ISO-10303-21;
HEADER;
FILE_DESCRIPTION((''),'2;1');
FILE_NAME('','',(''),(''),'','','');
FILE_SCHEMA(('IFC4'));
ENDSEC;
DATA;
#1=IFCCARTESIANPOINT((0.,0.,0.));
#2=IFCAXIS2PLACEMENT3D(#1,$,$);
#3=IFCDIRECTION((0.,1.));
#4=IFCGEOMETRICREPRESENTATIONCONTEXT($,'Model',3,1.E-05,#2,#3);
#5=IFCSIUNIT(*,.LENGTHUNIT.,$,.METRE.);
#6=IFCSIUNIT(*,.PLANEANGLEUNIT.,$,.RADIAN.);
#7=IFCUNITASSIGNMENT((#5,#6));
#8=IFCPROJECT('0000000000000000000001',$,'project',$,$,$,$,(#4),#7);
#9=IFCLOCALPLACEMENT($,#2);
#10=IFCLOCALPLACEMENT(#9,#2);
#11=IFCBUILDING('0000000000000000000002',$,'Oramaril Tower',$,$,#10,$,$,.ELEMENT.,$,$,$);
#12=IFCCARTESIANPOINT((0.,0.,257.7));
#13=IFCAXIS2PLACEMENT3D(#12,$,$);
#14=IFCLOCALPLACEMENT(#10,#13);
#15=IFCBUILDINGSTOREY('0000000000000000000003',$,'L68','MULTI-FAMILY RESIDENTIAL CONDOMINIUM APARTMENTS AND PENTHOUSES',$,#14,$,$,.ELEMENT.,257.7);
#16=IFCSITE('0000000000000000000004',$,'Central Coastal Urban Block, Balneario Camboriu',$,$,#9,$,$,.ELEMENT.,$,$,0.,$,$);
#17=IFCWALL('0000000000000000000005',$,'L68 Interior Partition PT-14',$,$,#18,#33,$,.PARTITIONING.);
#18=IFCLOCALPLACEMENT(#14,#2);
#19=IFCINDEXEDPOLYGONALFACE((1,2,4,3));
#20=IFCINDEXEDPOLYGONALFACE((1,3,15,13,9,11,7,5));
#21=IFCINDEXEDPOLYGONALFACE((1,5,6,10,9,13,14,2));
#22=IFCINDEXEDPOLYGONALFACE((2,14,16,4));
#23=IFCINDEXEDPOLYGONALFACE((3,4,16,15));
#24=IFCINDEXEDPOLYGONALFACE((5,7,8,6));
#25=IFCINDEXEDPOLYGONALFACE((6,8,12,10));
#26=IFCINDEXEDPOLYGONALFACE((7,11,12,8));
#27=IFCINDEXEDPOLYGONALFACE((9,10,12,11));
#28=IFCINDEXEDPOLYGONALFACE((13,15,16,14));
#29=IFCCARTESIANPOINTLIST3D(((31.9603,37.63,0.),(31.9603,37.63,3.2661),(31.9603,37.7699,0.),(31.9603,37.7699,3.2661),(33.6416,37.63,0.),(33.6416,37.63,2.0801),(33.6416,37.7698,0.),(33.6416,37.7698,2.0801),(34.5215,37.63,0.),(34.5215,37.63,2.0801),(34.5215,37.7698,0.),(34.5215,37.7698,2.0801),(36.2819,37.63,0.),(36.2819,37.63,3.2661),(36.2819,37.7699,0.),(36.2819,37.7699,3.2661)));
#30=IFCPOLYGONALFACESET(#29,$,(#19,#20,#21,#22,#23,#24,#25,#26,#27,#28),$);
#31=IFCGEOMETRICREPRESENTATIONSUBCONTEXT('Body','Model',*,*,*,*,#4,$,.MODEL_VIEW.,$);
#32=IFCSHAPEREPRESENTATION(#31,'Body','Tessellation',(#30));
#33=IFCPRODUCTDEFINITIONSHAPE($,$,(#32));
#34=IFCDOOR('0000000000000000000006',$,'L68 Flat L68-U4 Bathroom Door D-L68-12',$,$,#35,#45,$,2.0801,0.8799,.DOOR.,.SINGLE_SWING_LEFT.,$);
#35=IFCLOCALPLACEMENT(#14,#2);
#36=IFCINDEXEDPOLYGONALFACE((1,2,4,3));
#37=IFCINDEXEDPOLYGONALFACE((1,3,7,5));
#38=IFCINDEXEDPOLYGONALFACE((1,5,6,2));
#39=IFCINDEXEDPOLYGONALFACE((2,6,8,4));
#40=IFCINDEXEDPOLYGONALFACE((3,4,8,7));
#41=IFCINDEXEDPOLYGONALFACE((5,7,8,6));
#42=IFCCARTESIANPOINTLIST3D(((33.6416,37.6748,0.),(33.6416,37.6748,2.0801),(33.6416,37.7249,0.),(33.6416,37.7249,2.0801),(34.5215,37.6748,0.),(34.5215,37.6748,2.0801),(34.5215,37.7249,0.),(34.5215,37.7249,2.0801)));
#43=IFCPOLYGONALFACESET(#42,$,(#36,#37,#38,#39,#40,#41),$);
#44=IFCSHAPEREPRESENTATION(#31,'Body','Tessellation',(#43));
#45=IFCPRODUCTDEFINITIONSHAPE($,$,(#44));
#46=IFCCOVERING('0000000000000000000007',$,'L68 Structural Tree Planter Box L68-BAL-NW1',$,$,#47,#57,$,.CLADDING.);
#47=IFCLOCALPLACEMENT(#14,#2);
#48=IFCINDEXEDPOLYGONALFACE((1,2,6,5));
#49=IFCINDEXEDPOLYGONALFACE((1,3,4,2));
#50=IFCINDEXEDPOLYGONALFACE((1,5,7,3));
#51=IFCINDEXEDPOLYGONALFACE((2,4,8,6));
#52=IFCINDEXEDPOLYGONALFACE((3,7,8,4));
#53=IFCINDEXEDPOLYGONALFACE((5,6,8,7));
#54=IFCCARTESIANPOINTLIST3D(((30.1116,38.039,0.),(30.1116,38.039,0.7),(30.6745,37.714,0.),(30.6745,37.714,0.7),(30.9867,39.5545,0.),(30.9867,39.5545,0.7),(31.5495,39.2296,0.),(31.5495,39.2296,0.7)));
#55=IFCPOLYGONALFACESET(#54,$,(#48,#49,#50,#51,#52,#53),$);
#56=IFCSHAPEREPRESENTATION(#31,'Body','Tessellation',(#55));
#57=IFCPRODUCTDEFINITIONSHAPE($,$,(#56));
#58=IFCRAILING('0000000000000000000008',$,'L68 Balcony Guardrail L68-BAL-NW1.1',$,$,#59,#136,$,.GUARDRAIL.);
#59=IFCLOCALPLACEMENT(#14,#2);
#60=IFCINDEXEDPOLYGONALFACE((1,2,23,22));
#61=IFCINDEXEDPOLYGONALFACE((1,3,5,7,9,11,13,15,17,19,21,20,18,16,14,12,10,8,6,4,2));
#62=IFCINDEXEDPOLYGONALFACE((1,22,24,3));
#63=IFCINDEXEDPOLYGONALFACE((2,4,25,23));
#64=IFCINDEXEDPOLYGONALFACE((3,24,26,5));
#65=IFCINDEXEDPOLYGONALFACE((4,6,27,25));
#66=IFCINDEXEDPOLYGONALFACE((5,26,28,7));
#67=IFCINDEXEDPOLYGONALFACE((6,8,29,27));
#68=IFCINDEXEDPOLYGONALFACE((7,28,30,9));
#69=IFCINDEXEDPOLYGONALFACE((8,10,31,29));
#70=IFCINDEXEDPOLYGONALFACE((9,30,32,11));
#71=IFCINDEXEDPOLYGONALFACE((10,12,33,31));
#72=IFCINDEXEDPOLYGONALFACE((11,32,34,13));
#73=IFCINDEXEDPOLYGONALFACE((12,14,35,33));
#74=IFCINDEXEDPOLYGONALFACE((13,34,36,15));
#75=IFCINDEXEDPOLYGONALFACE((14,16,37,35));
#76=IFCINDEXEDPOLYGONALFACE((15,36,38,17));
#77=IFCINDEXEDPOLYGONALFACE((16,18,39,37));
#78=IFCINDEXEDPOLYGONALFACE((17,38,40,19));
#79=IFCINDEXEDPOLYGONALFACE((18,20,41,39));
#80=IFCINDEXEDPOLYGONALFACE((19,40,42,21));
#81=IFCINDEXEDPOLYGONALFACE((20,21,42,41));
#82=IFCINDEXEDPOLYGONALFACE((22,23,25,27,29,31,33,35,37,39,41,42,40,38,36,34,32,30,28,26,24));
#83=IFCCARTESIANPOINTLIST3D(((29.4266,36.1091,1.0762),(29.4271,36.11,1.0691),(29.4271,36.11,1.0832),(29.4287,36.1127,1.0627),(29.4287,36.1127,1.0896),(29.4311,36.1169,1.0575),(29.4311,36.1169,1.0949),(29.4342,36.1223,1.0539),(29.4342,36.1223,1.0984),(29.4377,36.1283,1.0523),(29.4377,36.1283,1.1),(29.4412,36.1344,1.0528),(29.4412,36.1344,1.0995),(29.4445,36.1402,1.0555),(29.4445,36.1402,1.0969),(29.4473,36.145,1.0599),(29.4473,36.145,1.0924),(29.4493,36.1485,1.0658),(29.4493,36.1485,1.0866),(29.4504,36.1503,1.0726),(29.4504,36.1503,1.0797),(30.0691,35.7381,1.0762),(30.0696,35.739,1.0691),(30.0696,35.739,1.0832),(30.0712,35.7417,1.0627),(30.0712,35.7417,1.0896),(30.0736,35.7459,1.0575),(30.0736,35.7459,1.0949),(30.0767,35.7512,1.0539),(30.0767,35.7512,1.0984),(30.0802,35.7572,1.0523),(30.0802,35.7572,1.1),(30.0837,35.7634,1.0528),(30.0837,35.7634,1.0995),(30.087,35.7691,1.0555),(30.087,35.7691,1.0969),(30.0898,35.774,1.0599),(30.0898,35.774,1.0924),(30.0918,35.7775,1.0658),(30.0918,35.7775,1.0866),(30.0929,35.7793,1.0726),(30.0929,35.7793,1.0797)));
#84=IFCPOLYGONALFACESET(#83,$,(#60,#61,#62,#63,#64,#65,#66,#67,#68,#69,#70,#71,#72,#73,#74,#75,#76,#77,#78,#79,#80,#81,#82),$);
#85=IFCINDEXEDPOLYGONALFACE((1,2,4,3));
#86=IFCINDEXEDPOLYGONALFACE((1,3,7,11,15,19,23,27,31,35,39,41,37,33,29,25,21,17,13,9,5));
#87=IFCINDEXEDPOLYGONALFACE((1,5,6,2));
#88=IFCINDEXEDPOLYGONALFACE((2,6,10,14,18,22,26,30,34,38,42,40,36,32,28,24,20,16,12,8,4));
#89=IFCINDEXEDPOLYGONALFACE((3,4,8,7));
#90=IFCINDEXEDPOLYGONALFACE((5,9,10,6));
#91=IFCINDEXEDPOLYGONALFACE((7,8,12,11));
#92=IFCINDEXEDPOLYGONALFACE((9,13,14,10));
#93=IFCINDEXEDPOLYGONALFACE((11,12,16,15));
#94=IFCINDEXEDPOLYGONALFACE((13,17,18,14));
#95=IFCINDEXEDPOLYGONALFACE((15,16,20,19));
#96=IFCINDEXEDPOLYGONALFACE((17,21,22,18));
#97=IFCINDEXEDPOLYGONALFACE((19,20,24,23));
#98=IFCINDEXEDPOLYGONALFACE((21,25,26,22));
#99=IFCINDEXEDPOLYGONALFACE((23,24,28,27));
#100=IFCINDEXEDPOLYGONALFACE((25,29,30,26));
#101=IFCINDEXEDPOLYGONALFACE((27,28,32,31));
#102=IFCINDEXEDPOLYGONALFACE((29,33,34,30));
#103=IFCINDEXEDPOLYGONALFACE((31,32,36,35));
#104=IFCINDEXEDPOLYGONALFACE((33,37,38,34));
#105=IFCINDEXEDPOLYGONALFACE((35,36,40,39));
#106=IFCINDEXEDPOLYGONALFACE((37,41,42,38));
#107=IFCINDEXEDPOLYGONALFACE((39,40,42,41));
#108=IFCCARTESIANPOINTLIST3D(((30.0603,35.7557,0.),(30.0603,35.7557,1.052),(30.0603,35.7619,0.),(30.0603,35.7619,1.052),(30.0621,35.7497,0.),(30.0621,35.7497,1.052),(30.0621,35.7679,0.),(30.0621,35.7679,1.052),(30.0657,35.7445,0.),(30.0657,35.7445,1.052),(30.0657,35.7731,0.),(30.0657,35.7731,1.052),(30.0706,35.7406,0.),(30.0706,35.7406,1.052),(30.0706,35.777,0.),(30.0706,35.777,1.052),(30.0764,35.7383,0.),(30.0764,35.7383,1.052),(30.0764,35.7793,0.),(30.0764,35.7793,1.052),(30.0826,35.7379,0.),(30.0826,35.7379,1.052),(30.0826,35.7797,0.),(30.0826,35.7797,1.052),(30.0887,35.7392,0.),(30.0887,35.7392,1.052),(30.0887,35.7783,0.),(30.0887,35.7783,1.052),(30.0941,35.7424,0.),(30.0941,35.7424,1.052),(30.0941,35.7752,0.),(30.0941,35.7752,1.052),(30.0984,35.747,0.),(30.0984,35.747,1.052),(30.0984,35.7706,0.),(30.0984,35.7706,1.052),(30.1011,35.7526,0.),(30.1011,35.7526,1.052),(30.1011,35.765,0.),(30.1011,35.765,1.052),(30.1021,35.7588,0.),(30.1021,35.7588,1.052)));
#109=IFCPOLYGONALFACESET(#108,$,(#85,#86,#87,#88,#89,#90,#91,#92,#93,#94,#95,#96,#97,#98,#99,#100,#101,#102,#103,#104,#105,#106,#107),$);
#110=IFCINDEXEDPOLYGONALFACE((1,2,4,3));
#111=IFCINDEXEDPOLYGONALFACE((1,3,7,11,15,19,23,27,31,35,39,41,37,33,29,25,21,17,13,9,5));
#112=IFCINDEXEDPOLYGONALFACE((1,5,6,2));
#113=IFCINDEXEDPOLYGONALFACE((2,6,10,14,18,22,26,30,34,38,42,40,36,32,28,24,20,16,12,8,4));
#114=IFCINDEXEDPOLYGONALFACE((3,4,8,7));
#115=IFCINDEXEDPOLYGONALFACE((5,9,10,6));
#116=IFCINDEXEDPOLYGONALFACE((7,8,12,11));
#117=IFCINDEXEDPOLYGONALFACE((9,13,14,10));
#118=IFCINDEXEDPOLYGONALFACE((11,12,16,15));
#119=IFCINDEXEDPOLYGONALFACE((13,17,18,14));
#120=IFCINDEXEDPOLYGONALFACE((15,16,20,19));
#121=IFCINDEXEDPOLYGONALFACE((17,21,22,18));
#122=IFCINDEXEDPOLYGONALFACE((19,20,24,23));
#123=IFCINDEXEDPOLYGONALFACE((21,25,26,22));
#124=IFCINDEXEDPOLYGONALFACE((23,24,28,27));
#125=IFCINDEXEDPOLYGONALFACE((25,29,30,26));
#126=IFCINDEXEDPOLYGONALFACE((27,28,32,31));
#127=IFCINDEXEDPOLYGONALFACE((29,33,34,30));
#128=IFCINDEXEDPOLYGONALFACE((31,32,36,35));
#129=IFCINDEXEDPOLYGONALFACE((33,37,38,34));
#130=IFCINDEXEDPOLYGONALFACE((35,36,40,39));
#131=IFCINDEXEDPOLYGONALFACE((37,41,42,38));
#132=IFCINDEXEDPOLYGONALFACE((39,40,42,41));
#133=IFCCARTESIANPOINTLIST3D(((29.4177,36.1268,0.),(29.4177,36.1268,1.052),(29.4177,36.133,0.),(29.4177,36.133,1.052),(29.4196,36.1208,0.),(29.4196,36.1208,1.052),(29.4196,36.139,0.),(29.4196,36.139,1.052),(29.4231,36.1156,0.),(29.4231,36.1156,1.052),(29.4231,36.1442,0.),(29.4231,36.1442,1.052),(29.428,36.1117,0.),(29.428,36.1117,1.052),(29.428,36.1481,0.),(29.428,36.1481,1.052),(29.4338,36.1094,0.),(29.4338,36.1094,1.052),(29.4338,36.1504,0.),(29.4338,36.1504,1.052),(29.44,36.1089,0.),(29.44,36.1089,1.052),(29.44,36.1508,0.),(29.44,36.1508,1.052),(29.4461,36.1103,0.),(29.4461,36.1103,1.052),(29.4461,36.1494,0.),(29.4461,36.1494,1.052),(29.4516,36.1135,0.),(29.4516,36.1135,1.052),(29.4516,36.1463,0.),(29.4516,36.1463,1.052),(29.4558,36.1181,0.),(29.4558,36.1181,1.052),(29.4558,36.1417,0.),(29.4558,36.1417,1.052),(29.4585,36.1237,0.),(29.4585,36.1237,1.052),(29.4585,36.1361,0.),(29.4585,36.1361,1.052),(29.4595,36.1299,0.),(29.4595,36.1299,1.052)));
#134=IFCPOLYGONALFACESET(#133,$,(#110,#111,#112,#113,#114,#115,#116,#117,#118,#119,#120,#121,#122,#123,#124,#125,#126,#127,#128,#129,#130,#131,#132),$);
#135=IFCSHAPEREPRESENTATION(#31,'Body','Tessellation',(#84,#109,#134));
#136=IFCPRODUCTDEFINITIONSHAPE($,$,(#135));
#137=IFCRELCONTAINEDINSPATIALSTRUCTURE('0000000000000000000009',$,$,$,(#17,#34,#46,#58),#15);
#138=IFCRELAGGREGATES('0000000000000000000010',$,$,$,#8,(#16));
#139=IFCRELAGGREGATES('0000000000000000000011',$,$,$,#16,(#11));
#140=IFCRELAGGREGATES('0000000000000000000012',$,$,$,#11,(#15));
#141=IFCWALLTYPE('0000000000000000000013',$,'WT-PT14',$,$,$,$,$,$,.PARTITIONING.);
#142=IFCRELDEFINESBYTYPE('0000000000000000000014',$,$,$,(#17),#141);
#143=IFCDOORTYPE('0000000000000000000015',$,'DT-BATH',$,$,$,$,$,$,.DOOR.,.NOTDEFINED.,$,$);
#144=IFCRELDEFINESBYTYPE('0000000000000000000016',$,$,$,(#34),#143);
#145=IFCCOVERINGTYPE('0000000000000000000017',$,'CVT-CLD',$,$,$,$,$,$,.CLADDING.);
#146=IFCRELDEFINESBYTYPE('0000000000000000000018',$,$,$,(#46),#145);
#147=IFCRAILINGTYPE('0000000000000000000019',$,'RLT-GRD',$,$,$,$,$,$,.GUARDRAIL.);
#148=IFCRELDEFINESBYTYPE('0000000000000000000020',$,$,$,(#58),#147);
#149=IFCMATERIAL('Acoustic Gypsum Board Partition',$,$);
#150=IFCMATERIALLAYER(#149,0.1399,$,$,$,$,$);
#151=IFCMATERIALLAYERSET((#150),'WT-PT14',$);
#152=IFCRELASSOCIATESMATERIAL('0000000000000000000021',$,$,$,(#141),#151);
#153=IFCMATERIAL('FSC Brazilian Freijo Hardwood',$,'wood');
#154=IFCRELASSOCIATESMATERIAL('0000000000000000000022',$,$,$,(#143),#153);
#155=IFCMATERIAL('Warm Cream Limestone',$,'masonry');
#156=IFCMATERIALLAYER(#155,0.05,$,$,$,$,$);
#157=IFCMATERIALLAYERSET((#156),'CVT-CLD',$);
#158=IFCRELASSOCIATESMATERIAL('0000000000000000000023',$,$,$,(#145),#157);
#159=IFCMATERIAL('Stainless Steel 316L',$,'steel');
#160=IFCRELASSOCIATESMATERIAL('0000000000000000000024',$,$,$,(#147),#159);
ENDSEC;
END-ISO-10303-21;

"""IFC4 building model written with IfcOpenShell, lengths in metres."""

from ifc_helpers import new_model, si_unit, direction, frame, frame_2d, origin, origin_2d, place, context, subcontext, project, spatial, rectangle, circle, extrude, material, layer, layer_set, type_object, element, fill, save


model = new_model("IFC4")

# Units and contexts
model_context = context("Model", 3, precision=1e-05, world=origin(), true_north=direction((0.0, 1.0)))
body_context = subcontext(model_context, "Body", "Model", "MODEL_VIEW")
ifc_project = project(units=[si_unit("LENGTHUNIT", "METRE"), si_unit("PLANEANGLEUNIT", "RADIAN")], contexts=[model_context])

# Site, building, storey
site_placement = place(None, origin())
site = spatial("IfcSite", under=ifc_project, at=site_placement, Name="Central Coastal Urban Block, Balneario Camboriu", CompositionType="ELEMENT", RefElevation=0.0)
building_placement = place(site_placement, origin())
building = spatial("IfcBuilding", under=site, at=building_placement, Name="Oramaril Tower", CompositionType="ELEMENT")
storey_placement = place(building_placement, frame((0.0, 0.0, 257.7)))
storey = spatial("IfcBuildingStorey", under=building, at=storey_placement, Name="L68", Description="MULTI-FAMILY RESIDENTIAL CONDOMINIUM APARTMENTS AND PENTHOUSES", CompositionType="ELEMENT", Elevation=257.7)

# Wall, opening, door
ifc_material_1 = material(Name="Acoustic Gypsum Board Partition")
ifc_layer_1 = layer(ifc_material_1, 0.1399)
ifc_layer_set_1 = layer_set([ifc_layer_1], Name="WT-PT14")
wall_type_1 = type_object("IfcWallType", Name="WT-PT14", PredefinedType="PARTITIONING", material=ifc_layer_set_1)
wall_1_placement = place(storey_placement, frame((31.9604, 37.7, 0.0), z_axis=(0.0, 0.0, 1.0), x_axis=(1.0, 0.0, 0.0)))
wall_1 = element("IfcWall", 1, at=wall_1_placement, inside=storey, type_object=wall_type_1, Name="L68 Interior Partition PT-14", PredefinedType="PARTITIONING", context=body_context, shape_type="SweptSolid", body=[
    extrude(rectangle(XDim=4.3215, YDim=0.1399, at=frame_2d((2.1606, 0.0))), origin(), (0.0, 0.0, 1.0), 3.2661),
])
opening_placement = place(wall_1_placement, frame((1.6812, 0.0, 0.0)))
opening = element("IfcOpeningElement", 2, at=opening_placement, cuts=wall_1, PredefinedType="OPENING", context=body_context, shape_type="SweptSolid", body=[
    extrude(rectangle(XDim=0.8799, YDim=2.0801, at=frame_2d((0.4399, 1.04))), frame((0.0, 0.0698, 0.0), z_axis=(0.0, -1.0, 0.0), x_axis=(1.0, 0.0, 0.0)), (0.0, 0.0, 1.0), 0.1399),
])
ifc_material_2 = material(Name="FSC Brazilian Freijo Hardwood", Category="wood")
door_type = type_object("IfcDoorType", Name="DT-BATH", OperationType="NOTDEFINED", PredefinedType="DOOR", material=ifc_material_2)
door_placement = place(opening_placement, origin())
door = element("IfcDoor", 3, at=door_placement, inside=storey, type_object=door_type, Name="L68 Flat L68-U4 Bathroom Door D-L68-12", OperationType="SINGLE_SWING_LEFT", OverallHeight=2.0801, OverallWidth=0.8799, PredefinedType="DOOR", context=body_context, shape_type="SweptSolid", body=[
    extrude(rectangle(XDim=0.8799, YDim=2.0801, at=frame_2d((0.4399, 1.04))), frame((0.0, 0.0249, 0.0), z_axis=(0.0, -1.0, 0.0), x_axis=(1.0, 0.0, 0.0)), (0.0, 0.0, 1.0), 0.05),
])
fill(opening, door)

# Covering
ifc_material_3 = material(Name="Warm Cream Limestone", Category="masonry")
ifc_layer_2 = layer(ifc_material_3, 0.05)
ifc_layer_set_2 = layer_set([ifc_layer_2], Name="CVT-CLD")
covering_type = type_object("IfcCoveringType", Name="CVT-CLD", PredefinedType="CLADDING", material=ifc_layer_set_2)
covering_placement = place(storey_placement, frame((30.8306, 38.6343, 0.0), z_axis=(0.0, 0.0, 1.0), x_axis=(-0.500002, -0.866025, 0.0)))
element("IfcCovering", 4, at=covering_placement, inside=storey, type_object=covering_type, Name="L68 Structural Tree Planter Box L68-BAL-NW1", PredefinedType="CLADDING", context=body_context, shape_type="SweptSolid", body=[
    extrude(rectangle(XDim=1.75, YDim=0.6499, at=origin_2d()), origin(), (0.0, 0.0, 1.0), 0.7),
])

# Railing
ifc_material_4 = material(Name="Stainless Steel 316L", Category="steel")
railing_type = type_object("IfcRailingType", Name="RLT-GRD", PredefinedType="GUARDRAIL", material=ifc_material_4)
railing_1_placement = place(storey_placement, frame((30.0811, 35.7588, 0.0)))
element("IfcRailing", 5, at=railing_1_placement, inside=storey, type_object=railing_type, Name="L68 Balcony Guardrail L68-BAL-NW1.1", PredefinedType="GUARDRAIL", context=body_context, shape_type="SweptSolid", body=[
    extrude(circle(Radius=0.0239, at=origin_2d()), frame((0.0, 0.0, 1.0762), z_axis=(-0.865966, 0.500102, 0.0), x_axis=(-0.500102, -0.865966, 0.0)), (0.0, 0.0, 1.0), 0.7419),
    extrude(circle(Radius=0.021, at=origin_2d()), origin(), (0.0, 0.0, 1.0), 1.052),
    extrude(circle(Radius=0.021, at=origin_2d()), frame((-0.6426, 0.3711, 0.0)), (0.0, 0.0, 1.0), 1.052),
])

save(model, "model.ifc")
